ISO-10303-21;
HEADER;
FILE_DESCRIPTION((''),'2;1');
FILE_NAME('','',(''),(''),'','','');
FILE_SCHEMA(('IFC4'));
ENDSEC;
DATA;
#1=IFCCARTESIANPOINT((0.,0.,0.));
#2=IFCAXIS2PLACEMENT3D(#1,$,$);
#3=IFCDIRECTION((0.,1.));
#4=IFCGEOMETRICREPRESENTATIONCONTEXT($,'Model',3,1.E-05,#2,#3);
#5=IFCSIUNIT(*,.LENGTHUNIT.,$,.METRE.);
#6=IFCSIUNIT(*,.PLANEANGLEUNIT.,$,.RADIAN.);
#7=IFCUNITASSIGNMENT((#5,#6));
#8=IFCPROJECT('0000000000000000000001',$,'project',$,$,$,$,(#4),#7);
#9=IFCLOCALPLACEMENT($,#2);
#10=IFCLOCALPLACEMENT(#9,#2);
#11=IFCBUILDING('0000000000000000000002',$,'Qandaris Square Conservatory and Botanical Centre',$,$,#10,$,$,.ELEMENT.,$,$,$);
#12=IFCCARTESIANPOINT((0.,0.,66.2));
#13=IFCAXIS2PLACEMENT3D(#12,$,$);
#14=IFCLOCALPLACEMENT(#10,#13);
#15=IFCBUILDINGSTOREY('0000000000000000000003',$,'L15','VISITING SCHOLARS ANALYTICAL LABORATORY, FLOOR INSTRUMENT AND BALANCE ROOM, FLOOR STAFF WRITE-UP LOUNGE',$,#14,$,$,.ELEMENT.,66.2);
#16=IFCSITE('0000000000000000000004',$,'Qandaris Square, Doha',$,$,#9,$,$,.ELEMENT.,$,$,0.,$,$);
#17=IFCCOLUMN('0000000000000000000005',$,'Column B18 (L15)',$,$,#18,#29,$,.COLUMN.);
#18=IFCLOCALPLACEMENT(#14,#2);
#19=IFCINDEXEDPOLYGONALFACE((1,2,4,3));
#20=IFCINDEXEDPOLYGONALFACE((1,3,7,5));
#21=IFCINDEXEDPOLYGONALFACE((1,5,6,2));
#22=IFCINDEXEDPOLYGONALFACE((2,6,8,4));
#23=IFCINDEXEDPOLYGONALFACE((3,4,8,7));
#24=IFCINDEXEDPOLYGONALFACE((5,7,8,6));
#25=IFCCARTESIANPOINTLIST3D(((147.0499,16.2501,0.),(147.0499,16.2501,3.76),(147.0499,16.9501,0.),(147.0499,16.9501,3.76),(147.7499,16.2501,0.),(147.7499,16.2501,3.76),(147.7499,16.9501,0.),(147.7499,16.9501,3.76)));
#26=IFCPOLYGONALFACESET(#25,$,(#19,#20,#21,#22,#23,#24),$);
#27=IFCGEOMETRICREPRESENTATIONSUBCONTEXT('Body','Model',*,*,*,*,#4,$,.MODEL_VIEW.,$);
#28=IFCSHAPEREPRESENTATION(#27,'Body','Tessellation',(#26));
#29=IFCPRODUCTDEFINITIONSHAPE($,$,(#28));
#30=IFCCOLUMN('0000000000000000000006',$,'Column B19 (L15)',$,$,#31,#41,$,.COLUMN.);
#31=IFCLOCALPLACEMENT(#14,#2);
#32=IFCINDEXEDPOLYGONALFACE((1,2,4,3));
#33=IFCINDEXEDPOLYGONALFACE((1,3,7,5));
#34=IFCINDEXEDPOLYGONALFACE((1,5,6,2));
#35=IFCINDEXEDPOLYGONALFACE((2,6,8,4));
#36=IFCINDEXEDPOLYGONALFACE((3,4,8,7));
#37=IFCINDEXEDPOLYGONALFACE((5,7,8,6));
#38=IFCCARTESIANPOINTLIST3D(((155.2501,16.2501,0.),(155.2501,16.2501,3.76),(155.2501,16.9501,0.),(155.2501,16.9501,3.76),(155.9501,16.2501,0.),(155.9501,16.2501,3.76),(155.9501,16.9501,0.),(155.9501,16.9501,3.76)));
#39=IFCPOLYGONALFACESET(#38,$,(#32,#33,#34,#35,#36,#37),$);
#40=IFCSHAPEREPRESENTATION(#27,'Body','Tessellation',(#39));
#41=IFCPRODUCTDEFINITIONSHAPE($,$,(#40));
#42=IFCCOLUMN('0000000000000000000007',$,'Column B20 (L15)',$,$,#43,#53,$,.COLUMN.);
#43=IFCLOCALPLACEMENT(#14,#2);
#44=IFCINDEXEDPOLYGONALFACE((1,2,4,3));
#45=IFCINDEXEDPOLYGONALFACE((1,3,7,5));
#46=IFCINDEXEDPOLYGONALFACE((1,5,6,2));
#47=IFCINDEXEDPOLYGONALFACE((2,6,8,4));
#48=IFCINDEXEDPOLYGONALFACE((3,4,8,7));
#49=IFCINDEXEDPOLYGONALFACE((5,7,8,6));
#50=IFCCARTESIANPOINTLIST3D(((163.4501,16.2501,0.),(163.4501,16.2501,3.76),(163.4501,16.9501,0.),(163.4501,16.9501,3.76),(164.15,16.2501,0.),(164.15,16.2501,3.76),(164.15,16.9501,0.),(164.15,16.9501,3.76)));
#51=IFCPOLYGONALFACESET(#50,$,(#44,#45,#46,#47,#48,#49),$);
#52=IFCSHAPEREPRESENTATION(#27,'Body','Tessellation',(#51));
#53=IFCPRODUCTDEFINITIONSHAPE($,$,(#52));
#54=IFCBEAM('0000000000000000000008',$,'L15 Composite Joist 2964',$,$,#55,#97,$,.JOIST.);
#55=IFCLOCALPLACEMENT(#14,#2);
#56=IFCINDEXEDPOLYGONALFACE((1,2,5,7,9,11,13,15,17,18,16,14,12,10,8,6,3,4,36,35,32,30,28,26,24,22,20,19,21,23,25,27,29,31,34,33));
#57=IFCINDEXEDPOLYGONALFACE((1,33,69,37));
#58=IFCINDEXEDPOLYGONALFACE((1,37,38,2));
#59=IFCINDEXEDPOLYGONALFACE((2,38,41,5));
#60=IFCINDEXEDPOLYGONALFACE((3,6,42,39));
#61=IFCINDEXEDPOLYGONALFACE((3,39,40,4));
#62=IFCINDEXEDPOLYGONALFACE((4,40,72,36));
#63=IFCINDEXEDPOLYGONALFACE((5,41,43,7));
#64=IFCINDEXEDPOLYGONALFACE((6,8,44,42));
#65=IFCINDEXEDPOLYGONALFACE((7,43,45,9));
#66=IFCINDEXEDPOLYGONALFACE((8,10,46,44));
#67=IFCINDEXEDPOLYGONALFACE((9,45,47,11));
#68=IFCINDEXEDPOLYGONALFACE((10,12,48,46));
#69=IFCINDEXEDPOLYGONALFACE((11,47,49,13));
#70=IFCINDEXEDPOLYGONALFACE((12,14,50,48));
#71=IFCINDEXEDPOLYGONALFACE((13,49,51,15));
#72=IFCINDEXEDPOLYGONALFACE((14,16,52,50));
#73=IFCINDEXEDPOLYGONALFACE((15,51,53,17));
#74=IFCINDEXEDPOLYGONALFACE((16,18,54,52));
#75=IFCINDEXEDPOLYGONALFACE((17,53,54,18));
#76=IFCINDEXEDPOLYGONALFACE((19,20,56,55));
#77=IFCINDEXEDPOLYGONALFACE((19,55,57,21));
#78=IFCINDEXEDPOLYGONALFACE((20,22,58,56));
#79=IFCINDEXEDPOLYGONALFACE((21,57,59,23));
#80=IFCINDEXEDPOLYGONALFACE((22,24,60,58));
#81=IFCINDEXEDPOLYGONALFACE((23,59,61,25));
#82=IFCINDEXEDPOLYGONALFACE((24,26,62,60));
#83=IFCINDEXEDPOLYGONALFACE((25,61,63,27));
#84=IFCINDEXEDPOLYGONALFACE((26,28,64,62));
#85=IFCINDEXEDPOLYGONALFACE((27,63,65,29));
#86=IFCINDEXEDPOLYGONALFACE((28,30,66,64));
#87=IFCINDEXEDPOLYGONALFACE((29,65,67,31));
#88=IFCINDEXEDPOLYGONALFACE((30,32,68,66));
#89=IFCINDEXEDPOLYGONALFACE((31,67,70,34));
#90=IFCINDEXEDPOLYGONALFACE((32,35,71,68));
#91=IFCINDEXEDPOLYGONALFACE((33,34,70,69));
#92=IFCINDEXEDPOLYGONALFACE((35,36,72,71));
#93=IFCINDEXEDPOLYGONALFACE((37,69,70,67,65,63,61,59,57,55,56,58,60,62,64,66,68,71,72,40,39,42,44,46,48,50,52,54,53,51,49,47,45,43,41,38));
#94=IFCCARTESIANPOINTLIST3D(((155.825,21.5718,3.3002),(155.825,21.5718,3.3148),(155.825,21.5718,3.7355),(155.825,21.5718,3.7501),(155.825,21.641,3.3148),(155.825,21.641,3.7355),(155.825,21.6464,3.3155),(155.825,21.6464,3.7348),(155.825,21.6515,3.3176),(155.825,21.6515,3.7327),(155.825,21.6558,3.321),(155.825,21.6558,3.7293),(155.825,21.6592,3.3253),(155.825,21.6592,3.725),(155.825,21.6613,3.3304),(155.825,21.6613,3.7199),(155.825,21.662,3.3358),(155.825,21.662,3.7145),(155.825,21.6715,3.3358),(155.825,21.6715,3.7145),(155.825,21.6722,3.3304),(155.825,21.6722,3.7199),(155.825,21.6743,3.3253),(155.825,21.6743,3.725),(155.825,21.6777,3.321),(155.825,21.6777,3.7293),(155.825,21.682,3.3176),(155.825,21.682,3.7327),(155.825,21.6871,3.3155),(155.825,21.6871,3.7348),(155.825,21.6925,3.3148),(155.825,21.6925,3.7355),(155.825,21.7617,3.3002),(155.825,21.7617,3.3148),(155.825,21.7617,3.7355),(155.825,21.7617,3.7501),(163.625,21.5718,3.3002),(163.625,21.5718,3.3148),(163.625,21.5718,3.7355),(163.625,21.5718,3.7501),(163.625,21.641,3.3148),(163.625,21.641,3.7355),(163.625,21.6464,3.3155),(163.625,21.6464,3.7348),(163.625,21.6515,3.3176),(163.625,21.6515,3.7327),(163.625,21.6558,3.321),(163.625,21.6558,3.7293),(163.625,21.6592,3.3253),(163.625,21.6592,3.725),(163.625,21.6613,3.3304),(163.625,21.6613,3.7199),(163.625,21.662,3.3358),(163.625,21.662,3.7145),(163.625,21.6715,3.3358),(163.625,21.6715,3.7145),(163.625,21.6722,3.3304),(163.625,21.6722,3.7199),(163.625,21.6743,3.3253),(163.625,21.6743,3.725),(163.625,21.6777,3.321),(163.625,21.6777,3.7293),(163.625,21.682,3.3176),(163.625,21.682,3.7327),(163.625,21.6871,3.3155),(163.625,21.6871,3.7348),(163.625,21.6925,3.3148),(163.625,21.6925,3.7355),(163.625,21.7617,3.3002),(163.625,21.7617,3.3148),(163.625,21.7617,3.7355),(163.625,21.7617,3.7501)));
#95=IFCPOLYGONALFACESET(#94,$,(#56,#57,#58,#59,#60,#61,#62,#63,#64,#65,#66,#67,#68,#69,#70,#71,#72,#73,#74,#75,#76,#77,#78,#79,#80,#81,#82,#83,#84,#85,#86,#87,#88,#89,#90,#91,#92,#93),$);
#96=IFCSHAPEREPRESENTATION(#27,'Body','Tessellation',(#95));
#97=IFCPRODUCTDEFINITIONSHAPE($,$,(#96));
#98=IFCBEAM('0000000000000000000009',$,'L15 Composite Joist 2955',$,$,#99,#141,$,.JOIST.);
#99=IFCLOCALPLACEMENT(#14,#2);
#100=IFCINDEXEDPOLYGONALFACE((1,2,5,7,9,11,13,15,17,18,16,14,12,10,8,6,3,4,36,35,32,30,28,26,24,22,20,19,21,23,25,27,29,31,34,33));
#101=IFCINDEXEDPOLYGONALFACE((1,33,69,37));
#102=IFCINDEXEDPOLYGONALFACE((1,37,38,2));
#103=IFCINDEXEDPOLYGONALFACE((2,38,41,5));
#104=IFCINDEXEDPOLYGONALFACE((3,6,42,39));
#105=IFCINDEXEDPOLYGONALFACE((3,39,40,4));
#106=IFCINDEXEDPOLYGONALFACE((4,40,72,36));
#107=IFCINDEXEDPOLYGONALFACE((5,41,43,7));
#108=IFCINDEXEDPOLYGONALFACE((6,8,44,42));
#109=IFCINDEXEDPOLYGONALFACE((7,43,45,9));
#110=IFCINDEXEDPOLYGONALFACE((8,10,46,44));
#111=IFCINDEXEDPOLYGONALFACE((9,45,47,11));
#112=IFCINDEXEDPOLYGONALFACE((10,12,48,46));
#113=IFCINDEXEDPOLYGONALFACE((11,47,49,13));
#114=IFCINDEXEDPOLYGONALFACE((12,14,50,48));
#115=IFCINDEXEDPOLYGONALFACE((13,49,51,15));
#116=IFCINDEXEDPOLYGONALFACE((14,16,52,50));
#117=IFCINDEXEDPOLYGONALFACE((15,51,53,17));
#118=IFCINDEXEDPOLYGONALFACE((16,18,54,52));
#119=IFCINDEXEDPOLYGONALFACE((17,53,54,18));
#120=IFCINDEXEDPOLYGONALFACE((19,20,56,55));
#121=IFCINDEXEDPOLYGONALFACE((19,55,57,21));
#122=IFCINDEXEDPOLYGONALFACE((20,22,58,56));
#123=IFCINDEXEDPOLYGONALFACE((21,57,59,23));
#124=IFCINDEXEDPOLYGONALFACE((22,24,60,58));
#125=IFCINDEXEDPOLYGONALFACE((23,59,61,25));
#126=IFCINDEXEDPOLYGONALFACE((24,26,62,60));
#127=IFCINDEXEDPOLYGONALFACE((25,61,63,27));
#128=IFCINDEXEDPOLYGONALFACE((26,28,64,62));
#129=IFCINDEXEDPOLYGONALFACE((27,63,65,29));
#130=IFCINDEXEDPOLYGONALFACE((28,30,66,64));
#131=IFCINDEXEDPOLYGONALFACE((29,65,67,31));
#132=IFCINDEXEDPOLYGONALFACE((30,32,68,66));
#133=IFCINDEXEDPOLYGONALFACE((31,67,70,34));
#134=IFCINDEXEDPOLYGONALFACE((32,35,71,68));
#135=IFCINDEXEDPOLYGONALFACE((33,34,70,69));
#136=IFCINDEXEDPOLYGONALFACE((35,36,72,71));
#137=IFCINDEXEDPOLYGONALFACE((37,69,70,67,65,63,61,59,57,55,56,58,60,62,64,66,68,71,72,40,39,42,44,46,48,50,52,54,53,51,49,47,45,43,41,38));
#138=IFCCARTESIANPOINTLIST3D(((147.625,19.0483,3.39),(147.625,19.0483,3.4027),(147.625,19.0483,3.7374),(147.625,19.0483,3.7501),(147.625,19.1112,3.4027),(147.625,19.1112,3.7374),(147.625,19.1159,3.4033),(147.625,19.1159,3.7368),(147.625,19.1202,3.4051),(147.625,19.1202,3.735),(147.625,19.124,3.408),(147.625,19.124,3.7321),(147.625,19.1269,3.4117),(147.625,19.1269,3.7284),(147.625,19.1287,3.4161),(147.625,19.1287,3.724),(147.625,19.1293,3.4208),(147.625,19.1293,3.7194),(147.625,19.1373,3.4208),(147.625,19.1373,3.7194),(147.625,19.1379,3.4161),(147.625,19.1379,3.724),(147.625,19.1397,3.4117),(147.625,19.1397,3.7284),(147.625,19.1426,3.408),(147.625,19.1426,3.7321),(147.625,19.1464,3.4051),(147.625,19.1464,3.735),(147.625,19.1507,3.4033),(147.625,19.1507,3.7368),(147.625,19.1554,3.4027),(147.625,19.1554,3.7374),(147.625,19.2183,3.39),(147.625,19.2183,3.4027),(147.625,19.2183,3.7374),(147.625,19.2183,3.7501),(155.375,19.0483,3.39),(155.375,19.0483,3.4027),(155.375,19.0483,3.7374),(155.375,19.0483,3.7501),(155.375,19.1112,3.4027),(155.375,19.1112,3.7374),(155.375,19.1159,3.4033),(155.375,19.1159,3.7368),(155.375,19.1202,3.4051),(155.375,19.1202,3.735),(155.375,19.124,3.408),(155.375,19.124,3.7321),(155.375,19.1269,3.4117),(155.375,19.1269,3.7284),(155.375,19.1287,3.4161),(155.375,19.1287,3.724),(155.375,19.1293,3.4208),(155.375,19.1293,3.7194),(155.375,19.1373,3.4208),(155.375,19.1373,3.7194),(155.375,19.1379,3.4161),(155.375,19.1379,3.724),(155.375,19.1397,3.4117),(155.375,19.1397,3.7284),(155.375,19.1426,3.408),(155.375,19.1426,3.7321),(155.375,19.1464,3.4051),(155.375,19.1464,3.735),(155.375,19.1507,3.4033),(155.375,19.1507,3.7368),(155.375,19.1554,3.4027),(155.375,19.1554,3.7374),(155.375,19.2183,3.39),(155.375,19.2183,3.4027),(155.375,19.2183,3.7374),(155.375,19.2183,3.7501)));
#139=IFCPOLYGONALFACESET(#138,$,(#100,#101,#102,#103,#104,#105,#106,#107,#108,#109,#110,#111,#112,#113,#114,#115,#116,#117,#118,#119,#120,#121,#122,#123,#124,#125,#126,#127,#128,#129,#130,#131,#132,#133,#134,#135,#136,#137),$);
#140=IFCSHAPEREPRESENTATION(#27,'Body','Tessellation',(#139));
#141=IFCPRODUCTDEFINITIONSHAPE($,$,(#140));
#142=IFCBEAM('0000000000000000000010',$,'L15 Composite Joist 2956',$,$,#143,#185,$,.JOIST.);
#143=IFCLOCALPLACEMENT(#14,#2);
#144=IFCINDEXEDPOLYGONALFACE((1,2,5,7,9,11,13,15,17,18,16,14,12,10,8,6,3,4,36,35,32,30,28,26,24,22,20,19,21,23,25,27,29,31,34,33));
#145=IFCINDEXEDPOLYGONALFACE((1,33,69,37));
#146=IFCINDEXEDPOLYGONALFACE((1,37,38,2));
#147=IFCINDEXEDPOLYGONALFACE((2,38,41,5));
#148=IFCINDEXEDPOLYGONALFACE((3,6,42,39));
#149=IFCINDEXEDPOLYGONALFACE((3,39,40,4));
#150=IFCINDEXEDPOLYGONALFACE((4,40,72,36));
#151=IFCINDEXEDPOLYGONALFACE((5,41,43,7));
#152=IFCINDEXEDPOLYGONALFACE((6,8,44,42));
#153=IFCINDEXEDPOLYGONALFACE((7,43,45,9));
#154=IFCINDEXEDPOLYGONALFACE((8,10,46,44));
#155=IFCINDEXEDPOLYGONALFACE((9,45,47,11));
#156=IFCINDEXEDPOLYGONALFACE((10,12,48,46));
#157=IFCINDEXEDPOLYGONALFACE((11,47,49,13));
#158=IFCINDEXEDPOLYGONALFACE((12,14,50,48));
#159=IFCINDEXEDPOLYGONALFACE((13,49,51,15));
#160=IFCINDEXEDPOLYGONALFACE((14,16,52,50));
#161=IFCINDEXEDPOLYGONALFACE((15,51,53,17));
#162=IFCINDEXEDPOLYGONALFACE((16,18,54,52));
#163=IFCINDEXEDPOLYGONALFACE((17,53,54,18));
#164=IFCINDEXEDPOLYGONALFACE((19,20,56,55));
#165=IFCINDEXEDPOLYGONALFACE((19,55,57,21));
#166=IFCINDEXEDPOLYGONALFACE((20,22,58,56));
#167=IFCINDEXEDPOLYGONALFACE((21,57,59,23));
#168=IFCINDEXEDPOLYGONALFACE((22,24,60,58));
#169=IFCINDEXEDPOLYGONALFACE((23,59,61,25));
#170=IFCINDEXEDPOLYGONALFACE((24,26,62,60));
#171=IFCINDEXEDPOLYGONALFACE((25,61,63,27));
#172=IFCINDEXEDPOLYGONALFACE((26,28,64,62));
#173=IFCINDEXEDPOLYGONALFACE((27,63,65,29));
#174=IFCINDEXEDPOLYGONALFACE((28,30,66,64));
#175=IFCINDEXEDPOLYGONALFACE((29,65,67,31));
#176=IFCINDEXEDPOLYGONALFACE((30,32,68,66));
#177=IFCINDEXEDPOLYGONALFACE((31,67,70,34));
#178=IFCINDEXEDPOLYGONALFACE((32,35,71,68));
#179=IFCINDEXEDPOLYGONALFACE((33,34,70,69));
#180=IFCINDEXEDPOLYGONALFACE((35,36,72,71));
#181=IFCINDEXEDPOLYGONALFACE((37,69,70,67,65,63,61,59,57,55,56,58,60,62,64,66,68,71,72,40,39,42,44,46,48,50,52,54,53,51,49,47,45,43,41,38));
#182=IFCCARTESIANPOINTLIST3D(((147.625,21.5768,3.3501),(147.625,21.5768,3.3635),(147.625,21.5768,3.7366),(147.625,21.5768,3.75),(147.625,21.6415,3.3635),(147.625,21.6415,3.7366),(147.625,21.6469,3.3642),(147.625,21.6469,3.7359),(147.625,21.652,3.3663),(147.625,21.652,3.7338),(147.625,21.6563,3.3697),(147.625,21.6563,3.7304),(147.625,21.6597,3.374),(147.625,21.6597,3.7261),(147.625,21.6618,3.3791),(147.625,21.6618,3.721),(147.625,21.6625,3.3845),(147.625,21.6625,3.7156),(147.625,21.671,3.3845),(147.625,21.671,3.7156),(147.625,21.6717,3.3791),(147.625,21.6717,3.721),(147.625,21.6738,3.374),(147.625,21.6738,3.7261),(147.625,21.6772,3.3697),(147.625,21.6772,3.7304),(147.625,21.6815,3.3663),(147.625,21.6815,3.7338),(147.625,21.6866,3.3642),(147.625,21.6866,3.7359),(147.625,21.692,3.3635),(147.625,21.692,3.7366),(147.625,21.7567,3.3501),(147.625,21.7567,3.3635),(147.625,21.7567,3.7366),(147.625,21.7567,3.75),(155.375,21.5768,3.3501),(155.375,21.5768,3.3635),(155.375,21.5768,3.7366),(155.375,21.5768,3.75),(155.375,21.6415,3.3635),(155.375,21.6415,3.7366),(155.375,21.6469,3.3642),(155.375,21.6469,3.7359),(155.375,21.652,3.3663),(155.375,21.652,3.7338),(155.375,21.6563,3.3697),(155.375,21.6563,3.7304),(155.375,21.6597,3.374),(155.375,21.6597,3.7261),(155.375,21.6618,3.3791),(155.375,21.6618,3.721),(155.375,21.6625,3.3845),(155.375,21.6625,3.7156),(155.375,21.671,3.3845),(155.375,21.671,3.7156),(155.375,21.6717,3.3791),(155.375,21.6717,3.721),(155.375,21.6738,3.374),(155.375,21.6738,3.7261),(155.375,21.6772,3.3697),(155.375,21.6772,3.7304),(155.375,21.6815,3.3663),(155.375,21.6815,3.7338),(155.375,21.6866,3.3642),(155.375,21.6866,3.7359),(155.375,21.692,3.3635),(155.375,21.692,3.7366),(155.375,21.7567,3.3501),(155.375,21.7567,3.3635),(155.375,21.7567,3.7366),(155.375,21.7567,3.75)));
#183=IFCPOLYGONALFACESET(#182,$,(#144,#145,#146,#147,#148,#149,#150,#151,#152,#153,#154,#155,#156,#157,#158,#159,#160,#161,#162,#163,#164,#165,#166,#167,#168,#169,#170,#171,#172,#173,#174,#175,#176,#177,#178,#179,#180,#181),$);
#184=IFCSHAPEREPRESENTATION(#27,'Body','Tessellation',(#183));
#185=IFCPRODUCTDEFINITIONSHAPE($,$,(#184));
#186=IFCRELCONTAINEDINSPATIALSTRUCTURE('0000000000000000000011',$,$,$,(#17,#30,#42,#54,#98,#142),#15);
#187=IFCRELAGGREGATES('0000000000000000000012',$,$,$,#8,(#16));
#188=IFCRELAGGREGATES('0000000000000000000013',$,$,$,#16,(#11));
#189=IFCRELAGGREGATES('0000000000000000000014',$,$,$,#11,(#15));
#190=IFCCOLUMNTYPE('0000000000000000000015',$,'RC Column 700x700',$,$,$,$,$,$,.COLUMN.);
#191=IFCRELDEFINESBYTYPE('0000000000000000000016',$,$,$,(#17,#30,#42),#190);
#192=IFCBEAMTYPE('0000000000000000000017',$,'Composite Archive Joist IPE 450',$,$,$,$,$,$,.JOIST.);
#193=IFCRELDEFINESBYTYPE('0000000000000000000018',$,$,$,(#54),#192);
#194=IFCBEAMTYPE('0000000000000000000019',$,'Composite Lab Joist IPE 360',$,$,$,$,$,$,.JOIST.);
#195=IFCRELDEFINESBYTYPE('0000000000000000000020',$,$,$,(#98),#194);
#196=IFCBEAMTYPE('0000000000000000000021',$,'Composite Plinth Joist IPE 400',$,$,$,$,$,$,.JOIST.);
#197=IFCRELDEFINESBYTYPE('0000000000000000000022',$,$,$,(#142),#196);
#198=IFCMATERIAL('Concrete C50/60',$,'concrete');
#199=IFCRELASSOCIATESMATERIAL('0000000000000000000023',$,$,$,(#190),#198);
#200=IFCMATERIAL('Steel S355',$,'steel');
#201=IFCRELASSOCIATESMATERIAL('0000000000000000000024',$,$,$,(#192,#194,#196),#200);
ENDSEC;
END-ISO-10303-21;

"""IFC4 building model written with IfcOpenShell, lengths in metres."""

from ifc_helpers import new_model, si_unit, direction, frame, origin, origin_2d, place, context, subcontext, project, spatial, rectangle, i_section, extrude, material, material_profile, profile_set, type_object, element, save


model = new_model("IFC4")

# Units and contexts
model_context = context("Model", 3, precision=1e-05, world=origin(), true_north=direction((0.0, 1.0)))
body_context = subcontext(model_context, "Body", "Model", "MODEL_VIEW")
ifc_project = project(units=[si_unit("LENGTHUNIT", "METRE"), si_unit("PLANEANGLEUNIT", "RADIAN")], contexts=[model_context])

# Site, building, storey
site_placement = place(None, origin())
site = spatial("IfcSite", under=ifc_project, at=site_placement, Name="Qandaris Square, Doha", CompositionType="ELEMENT", RefElevation=0.0)
building_placement = place(site_placement, origin())
building = spatial("IfcBuilding", under=site, at=building_placement, Name="Qandaris Square Conservatory and Botanical Centre", CompositionType="ELEMENT")
storey_placement = place(building_placement, frame((0.0, 0.0, 66.2)))
storey = spatial("IfcBuildingStorey", under=building, at=storey_placement, Name="L15", Description="VISITING SCHOLARS ANALYTICAL LABORATORY, FLOOR INSTRUMENT AND BALANCE ROOM, FLOOR STAFF WRITE-UP LOUNGE", CompositionType="ELEMENT", Elevation=66.2)

# Columns
ifc_material_1 = material(Name="Concrete C50/60", Category="concrete")
ifc_material_profile_1 = material_profile(ifc_material_1, rectangle(XDim=0.7, YDim=0.7, at=origin_2d()), Name="RC-COL 700x700")
ifc_profile_set_1 = profile_set([ifc_material_profile_1], Name="Concrete C50/60")
column_type = type_object("IfcColumnType", Name="RC Column 700x700", PredefinedType="COLUMN", material=ifc_profile_set_1)
for number, where, z_axis, x_axis, name in (
    (1, (147.3999, 16.6001, 0.0), (0.0, 0.0, 1.0), (1.0, 0.0, 0.0), "Column B18 (L15)"),
    (2, (155.6001, 16.6001, 0.0), (0.0, 0.0, 1.0), (1.0, 0.0, 0.0), "Column B19 (L15)"),
    (3, (163.8, 16.6001, 0.0), (0.0, 0.0, 1.0), (1.0, 0.0, 0.0), "Column B20 (L15)"),
):
    element("IfcColumn", number, at=place(storey_placement, frame(where, z_axis=z_axis, x_axis=x_axis)), inside=storey, type_object=column_type, Name=name, PredefinedType="COLUMN", context=body_context, shape_type="SweptSolid", body=[
        extrude(rectangle(XDim=0.7, YDim=0.7, at=origin_2d()), origin(), (0.0, 0.0, 1.0), 3.76),
    ])

# Beams
ifc_material_2 = material(Name="Steel S355", Category="steel")
ifc_material_profile_2 = material_profile(ifc_material_2, i_section(OverallWidth=0.1899, OverallDepth=0.45, WebThickness=0.0095, FlangeThickness=0.0146, FilletRadius=0.021, at=origin_2d()), Name="IPE 450")
ifc_profile_set_2 = profile_set([ifc_material_profile_2], Name="Steel S355")
beam_type_1 = type_object("IfcBeamType", Name="Composite Archive Joist IPE 450", PredefinedType="JOIST", material=ifc_profile_set_2)
beam_1_placement = place(storey_placement, frame((155.825, 21.6667, 3.5251), z_axis=(1.0, 0.0, 0.0), x_axis=(0.0, 1.0, 0.0)))
element("IfcBeam", 4, at=beam_1_placement, inside=storey, type_object=beam_type_1, Name="L15 Composite Joist 2964", PredefinedType="JOIST", context=body_context, shape_type="SweptSolid", body=[
    extrude(i_section(OverallWidth=0.1899, OverallDepth=0.45, WebThickness=0.0095, FlangeThickness=0.0146, FilletRadius=0.021, at=origin_2d()), origin(), (0.0, 0.0, 1.0), 7.8),
])
ifc_material_profile_3 = material_profile(ifc_material_2, i_section(OverallWidth=0.1699, OverallDepth=0.3601, WebThickness=0.0081, FlangeThickness=0.0127, FilletRadius=0.0181, at=origin_2d()), Name="IPE 360")
ifc_profile_set_3 = profile_set([ifc_material_profile_3], Name="Steel S355")
beam_type_2 = type_object("IfcBeamType", Name="Composite Lab Joist IPE 360", PredefinedType="JOIST", material=ifc_profile_set_3)
beam_2_placement = place(storey_placement, frame((147.625, 19.1333, 3.5701), z_axis=(1.0, 0.0, 0.0), x_axis=(0.0, 1.0, 0.0)))
element("IfcBeam", 5, at=beam_2_placement, inside=storey, type_object=beam_type_2, Name="L15 Composite Joist 2955", PredefinedType="JOIST", context=body_context, shape_type="SweptSolid", body=[
    extrude(i_section(OverallWidth=0.1699, OverallDepth=0.3601, WebThickness=0.0081, FlangeThickness=0.0127, FilletRadius=0.0181, at=origin_2d()), origin(), (0.0, 0.0, 1.0), 7.75),
])
ifc_material_profile_4 = material_profile(ifc_material_2, i_section(OverallWidth=0.1799, OverallDepth=0.3999, WebThickness=0.0085, FlangeThickness=0.0134, FilletRadius=0.021, at=origin_2d()), Name="IPE 400")
ifc_profile_set_4 = profile_set([ifc_material_profile_4], Name="Steel S355")
beam_type_3 = type_object("IfcBeamType", Name="Composite Plinth Joist IPE 400", PredefinedType="JOIST", material=ifc_profile_set_4)
beam_3_placement = place(storey_placement, frame((147.625, 21.6667, 3.55), z_axis=(1.0, 0.0, 0.0), x_axis=(0.0, 1.0, 0.0)))
element("IfcBeam", 6, at=beam_3_placement, inside=storey, type_object=beam_type_3, Name="L15 Composite Joist 2956", PredefinedType="JOIST", context=body_context, shape_type="SweptSolid", body=[
    extrude(i_section(OverallWidth=0.1799, OverallDepth=0.3999, WebThickness=0.0085, FlangeThickness=0.0134, FilletRadius=0.021, at=origin_2d()), origin(), (0.0, 0.0, 1.0), 7.75),
])

save(model, "model.ifc")
